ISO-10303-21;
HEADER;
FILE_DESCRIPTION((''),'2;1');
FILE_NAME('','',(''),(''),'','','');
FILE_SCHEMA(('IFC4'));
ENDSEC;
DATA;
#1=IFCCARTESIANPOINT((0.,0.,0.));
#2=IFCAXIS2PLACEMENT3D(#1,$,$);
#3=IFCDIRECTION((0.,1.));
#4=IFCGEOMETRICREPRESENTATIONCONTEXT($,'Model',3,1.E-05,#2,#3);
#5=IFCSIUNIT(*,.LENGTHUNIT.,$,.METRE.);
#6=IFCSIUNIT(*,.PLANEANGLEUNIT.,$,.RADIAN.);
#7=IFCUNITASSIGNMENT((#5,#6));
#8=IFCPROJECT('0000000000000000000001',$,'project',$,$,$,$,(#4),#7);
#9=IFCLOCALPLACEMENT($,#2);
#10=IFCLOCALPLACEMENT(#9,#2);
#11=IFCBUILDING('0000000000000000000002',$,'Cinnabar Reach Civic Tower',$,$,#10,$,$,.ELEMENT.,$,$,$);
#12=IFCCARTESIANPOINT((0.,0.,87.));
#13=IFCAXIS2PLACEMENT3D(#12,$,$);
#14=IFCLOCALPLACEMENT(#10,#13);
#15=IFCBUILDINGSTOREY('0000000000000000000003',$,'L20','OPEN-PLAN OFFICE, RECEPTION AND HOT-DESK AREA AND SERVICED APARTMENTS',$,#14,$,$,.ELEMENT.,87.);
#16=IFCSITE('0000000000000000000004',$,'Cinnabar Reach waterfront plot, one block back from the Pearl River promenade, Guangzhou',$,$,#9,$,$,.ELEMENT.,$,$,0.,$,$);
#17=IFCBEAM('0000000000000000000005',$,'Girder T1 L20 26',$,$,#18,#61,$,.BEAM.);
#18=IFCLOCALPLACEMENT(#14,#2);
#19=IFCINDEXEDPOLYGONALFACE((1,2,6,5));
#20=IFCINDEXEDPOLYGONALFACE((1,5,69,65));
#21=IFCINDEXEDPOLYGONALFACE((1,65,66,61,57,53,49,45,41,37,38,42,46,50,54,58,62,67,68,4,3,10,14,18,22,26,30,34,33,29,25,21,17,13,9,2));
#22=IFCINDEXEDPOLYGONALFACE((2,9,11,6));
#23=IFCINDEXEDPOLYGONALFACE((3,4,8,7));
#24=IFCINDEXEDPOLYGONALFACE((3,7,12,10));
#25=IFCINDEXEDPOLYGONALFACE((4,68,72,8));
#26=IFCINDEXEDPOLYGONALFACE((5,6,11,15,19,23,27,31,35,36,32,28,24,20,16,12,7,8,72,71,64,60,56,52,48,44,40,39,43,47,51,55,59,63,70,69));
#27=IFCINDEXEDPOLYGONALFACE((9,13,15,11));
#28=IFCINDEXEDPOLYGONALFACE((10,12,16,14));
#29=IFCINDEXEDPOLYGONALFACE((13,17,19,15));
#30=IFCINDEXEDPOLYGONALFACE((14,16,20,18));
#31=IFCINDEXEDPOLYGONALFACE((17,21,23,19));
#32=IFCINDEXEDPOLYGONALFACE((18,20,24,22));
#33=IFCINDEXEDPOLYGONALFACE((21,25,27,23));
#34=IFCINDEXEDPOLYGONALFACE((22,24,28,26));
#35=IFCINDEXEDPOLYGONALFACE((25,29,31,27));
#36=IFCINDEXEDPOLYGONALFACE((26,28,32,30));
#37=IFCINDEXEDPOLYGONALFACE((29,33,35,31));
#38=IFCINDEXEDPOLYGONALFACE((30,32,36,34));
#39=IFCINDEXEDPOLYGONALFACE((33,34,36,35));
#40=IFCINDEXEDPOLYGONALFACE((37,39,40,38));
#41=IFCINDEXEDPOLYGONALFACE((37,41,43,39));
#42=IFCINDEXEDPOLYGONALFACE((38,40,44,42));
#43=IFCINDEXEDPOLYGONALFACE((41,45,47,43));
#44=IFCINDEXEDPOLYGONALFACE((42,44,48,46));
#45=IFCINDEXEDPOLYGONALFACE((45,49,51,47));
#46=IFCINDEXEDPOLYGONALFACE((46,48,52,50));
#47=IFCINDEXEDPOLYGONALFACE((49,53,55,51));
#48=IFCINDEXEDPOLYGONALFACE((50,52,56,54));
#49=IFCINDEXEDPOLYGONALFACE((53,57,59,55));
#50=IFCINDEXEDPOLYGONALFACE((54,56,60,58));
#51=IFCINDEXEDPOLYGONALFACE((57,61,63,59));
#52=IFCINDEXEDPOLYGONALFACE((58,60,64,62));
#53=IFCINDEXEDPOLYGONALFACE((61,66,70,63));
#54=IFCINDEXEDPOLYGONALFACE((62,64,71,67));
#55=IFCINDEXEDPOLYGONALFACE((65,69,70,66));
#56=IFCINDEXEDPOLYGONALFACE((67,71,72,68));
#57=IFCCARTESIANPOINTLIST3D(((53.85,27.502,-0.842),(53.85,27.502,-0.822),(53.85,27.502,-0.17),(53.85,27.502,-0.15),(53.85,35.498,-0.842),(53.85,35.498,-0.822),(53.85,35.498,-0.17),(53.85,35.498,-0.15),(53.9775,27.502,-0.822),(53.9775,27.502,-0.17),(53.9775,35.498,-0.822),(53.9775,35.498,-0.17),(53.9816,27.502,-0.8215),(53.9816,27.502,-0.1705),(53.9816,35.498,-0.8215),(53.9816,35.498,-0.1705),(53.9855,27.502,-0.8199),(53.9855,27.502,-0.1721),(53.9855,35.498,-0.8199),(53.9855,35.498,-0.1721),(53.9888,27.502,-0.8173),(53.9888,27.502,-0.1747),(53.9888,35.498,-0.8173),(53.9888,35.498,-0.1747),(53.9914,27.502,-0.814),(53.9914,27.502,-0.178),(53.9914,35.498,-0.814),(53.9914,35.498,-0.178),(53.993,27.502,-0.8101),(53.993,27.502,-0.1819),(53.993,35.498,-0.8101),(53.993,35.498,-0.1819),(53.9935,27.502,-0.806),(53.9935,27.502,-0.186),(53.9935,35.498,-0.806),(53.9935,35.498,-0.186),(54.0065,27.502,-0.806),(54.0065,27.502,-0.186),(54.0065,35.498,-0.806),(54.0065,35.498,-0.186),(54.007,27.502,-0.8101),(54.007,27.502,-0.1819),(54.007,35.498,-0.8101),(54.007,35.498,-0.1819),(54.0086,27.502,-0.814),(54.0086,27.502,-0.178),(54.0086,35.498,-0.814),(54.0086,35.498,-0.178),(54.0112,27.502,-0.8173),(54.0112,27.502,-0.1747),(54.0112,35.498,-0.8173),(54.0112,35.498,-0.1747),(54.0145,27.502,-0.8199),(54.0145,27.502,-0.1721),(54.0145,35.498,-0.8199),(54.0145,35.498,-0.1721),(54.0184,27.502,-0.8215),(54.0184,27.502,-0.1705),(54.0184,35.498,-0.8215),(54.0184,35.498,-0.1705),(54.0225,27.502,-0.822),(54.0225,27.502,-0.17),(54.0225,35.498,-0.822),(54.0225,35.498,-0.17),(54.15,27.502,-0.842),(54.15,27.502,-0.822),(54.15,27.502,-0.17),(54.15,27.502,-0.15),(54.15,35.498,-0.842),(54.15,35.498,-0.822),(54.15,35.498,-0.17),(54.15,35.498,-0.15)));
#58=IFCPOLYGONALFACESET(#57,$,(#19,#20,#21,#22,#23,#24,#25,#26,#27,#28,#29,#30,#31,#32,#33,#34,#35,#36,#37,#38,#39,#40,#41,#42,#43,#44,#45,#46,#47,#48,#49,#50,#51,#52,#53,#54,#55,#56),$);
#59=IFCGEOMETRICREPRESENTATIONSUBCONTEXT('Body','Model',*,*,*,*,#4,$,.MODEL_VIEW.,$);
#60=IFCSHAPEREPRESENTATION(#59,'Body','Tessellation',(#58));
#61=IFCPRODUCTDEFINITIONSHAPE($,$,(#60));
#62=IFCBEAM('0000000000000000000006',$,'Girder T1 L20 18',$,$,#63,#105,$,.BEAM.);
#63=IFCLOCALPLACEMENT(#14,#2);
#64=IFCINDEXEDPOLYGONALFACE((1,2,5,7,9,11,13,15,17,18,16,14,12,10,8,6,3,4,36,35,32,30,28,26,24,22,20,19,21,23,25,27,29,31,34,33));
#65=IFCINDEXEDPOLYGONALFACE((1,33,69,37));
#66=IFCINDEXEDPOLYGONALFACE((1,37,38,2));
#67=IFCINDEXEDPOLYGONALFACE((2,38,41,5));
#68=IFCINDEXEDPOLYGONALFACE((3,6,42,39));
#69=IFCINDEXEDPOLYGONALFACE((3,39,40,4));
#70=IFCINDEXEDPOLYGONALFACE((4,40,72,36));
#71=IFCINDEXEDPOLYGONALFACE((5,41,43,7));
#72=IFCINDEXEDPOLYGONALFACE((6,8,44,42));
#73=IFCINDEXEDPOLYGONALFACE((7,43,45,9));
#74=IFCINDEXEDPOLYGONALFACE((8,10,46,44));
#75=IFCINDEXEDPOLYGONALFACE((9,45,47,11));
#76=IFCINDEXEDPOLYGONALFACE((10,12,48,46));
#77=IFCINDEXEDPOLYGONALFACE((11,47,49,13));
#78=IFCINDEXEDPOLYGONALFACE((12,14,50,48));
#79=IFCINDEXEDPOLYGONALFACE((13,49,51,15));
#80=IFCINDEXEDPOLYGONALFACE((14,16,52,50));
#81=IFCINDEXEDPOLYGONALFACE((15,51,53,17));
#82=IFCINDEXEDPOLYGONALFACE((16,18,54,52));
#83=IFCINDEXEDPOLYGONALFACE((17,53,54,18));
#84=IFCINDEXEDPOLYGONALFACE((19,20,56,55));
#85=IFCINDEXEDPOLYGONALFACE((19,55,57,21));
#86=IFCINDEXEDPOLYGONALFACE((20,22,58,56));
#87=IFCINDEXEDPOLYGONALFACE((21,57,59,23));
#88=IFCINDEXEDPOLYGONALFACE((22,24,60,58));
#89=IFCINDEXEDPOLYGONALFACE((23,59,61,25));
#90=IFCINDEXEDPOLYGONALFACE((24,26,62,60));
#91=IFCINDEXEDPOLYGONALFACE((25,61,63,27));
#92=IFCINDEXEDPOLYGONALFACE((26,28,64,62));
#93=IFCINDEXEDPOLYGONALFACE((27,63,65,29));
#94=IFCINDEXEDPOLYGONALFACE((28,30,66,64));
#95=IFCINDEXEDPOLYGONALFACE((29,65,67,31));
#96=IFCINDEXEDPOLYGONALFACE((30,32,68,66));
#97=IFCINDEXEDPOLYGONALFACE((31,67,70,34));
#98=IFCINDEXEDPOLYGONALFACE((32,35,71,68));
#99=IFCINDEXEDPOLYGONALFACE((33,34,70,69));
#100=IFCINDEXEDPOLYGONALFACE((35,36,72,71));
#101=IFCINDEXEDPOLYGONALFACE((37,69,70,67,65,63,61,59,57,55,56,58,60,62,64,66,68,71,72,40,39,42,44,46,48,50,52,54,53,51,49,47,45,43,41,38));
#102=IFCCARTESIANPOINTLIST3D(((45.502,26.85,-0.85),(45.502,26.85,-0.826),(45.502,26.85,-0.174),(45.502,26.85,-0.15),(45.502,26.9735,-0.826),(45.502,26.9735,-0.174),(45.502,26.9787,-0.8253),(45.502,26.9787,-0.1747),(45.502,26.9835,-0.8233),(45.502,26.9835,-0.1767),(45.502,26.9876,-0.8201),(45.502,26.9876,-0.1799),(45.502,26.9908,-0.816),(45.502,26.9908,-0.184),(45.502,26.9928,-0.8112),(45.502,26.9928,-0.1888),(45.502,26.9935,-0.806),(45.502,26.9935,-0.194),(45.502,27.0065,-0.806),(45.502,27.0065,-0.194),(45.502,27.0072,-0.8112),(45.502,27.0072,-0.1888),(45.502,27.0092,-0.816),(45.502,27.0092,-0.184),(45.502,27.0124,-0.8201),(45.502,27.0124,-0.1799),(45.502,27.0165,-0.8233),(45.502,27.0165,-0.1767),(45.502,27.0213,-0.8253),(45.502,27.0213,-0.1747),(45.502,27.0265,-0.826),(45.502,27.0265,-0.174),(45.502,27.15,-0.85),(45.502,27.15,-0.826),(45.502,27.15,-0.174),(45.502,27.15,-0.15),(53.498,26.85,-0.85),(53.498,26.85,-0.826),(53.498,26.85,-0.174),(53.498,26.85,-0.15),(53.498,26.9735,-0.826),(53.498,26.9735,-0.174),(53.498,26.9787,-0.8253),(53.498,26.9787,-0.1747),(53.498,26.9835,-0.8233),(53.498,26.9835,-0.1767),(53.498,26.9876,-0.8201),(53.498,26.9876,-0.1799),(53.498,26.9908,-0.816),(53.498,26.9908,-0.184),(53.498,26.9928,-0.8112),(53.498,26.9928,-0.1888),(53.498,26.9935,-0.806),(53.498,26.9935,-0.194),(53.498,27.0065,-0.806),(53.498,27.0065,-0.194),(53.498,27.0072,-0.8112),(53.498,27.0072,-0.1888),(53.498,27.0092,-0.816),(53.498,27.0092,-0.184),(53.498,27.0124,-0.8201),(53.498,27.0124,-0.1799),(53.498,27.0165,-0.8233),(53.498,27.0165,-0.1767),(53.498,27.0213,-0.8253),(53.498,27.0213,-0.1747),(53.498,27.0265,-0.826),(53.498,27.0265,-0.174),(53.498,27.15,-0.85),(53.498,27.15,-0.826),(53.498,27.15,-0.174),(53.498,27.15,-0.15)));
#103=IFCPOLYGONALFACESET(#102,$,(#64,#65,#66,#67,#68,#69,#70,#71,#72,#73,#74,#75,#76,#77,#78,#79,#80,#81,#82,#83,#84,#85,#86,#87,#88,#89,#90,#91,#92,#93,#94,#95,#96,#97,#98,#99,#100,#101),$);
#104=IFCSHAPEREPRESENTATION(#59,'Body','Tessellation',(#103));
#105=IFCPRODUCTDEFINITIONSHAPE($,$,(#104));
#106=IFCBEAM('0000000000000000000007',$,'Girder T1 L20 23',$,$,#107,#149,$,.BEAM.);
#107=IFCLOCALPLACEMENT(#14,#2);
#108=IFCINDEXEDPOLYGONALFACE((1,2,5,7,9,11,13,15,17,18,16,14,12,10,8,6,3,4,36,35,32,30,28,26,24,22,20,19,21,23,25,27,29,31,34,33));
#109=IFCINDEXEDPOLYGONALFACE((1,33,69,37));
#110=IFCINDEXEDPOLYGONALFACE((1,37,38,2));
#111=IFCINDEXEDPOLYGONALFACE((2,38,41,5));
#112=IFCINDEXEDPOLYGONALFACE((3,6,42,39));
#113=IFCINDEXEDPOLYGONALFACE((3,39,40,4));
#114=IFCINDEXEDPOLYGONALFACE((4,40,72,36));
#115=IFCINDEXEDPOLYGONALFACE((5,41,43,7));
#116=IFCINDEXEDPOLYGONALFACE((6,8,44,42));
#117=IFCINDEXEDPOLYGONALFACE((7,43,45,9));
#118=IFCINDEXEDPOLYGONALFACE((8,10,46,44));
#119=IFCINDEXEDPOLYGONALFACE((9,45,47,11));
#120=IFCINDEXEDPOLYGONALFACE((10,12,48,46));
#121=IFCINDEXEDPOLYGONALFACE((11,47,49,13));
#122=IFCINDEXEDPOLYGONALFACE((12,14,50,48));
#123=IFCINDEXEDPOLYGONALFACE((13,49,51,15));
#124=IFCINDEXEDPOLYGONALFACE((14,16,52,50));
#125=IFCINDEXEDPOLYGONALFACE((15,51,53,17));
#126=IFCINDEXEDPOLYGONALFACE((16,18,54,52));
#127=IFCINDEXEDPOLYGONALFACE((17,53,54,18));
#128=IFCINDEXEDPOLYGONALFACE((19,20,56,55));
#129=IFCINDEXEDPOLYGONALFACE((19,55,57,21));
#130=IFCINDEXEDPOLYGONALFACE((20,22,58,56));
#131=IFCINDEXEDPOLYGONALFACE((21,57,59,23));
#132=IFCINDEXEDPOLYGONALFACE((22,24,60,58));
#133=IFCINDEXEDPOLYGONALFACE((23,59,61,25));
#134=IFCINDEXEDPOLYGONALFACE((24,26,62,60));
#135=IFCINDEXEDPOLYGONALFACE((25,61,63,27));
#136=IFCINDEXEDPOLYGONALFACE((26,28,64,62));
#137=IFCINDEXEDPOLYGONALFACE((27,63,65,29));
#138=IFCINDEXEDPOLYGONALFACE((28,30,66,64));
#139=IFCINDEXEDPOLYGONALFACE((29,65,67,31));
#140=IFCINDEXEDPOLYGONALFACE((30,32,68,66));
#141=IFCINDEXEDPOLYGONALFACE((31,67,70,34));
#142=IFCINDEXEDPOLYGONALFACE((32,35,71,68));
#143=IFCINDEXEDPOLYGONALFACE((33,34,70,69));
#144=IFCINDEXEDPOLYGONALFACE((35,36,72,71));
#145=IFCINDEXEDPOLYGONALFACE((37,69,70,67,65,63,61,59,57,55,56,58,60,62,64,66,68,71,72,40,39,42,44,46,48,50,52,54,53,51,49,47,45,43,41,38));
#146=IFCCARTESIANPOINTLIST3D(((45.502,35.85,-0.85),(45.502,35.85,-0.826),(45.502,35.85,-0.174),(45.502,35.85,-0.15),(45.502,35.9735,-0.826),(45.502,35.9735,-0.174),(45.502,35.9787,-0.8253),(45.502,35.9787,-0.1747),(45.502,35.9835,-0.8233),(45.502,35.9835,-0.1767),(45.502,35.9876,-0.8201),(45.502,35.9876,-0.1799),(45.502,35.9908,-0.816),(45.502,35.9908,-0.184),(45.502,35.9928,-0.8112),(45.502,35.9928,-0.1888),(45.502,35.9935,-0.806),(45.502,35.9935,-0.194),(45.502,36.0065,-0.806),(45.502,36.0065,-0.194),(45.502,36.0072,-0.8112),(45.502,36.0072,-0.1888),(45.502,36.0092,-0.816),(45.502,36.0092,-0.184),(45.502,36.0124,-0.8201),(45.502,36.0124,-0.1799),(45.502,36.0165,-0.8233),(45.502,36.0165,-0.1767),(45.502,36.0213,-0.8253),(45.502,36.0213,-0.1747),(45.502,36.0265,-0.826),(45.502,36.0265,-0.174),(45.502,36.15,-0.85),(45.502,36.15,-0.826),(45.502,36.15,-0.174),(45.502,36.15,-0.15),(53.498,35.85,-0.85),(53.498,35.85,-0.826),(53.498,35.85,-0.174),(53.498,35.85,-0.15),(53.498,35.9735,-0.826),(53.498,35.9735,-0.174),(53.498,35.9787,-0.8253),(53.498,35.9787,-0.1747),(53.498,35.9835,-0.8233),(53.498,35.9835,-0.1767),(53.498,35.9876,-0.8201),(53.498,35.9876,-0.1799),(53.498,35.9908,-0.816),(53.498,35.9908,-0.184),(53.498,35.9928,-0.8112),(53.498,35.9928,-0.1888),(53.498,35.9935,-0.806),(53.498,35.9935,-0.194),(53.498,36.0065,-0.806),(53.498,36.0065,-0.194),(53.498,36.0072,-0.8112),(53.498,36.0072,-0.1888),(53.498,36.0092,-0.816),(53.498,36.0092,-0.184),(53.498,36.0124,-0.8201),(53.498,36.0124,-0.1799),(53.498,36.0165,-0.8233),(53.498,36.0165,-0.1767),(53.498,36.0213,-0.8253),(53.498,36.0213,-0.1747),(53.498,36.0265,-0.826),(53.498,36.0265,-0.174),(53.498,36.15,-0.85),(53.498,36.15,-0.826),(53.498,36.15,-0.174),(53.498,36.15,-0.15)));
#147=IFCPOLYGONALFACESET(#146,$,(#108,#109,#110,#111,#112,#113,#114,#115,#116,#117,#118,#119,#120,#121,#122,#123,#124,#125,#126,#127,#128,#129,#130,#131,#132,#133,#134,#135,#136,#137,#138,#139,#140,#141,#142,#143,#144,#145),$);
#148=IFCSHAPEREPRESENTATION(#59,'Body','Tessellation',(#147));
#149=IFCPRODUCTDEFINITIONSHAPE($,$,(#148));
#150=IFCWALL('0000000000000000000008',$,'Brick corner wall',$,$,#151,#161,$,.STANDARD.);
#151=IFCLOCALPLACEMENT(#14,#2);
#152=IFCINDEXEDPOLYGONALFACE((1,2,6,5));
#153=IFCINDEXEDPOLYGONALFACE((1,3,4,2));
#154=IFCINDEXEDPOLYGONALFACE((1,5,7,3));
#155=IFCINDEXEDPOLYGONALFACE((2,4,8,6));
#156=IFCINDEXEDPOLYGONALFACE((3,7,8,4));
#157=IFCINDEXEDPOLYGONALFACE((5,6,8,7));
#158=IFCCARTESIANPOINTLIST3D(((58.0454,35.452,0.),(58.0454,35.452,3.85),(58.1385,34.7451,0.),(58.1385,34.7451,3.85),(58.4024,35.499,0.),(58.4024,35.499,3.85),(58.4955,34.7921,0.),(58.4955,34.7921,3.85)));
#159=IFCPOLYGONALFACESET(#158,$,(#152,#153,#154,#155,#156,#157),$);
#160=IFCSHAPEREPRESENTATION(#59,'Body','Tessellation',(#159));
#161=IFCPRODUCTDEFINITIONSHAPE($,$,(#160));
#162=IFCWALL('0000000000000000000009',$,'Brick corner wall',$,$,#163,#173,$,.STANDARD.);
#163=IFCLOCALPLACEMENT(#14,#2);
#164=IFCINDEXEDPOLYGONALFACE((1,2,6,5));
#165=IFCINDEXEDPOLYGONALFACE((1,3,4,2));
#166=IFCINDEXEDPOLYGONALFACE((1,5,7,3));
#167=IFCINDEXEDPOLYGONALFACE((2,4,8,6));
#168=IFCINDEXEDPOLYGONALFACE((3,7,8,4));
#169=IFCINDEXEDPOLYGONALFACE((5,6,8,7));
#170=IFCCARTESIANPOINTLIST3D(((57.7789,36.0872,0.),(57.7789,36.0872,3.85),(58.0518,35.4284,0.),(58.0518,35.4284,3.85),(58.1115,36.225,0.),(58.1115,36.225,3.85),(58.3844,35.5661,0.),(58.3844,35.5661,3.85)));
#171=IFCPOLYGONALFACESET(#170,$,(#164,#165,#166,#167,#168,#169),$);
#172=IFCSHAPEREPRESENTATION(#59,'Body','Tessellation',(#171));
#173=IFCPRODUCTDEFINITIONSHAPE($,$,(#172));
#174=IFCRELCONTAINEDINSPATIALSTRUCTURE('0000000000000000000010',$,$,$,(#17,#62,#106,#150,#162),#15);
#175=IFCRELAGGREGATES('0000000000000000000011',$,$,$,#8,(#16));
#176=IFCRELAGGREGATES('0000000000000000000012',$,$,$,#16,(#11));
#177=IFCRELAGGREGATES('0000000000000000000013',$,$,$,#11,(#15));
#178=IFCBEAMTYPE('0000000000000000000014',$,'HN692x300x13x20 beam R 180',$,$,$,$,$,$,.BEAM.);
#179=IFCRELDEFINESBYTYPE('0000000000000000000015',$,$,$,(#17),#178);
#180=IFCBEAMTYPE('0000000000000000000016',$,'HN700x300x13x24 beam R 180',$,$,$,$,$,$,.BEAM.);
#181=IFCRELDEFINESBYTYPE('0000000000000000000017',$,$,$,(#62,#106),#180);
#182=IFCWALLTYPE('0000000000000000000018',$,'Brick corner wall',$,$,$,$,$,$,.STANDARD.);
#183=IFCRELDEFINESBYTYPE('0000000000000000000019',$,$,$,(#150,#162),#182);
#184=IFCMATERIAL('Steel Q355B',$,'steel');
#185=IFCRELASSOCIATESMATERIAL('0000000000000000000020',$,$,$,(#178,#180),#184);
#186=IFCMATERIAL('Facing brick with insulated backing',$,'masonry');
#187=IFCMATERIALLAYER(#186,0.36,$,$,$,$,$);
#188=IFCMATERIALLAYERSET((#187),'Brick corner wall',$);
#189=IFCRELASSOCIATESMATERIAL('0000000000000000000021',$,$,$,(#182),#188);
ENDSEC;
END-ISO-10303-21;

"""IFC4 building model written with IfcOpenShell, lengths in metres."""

from ifc_helpers import new_model, si_unit, direction, frame, frame_2d, origin, origin_2d, place, context, subcontext, project, spatial, rectangle, i_section, extrude, material, layer, layer_set, material_profile, profile_set, type_object, element, save


model = new_model("IFC4")

# Units and contexts
model_context = context("Model", 3, precision=1e-05, world=origin(), true_north=direction((0.0, 1.0)))
body_context = subcontext(model_context, "Body", "Model", "MODEL_VIEW")
ifc_project = project(units=[si_unit("LENGTHUNIT", "METRE"), si_unit("PLANEANGLEUNIT", "RADIAN")], contexts=[model_context])

# Site, building, storey
site_placement = place(None, origin())
site = spatial("IfcSite", under=ifc_project, at=site_placement, Name="Cinnabar Reach waterfront plot, one block back from the Pearl River promenade, Guangzhou", CompositionType="ELEMENT", RefElevation=0.0)
building_placement = place(site_placement, origin())
building = spatial("IfcBuilding", under=site, at=building_placement, Name="Cinnabar Reach Civic Tower", CompositionType="ELEMENT")
storey_placement = place(building_placement, frame((0.0, 0.0, 87.0)))
storey = spatial("IfcBuildingStorey", under=building, at=storey_placement, Name="L20", Description="OPEN-PLAN OFFICE, RECEPTION AND HOT-DESK AREA AND SERVICED APARTMENTS", CompositionType="ELEMENT", Elevation=87.0)

# Beams
ifc_material_1 = material(Name="Steel Q355B", Category="steel")
ifc_material_profile_1 = material_profile(ifc_material_1, i_section(OverallWidth=0.3, OverallDepth=0.692, WebThickness=0.013, FlangeThickness=0.02, FilletRadius=0.016, at=origin_2d()), Name="HN692x300x13x20")
ifc_profile_set_1 = profile_set([ifc_material_profile_1], Name="Steel Q355B")
beam_type_1 = type_object("IfcBeamType", Name="HN692x300x13x20 beam R 180", PredefinedType="BEAM", material=ifc_profile_set_1)
for number, where, z_axis, x_axis, name in (
    (1, (54.0, 27.502, -0.496), (0.0, 1.0, 0.0), (-1.0, 0.0, 0.0), "Girder T1 L20 26"),
):
    element("IfcBeam", number, at=place(storey_placement, frame(where, z_axis=z_axis, x_axis=x_axis)), inside=storey, type_object=beam_type_1, Name=name, PredefinedType="BEAM", context=body_context, shape_type="SweptSolid", body=[
        extrude(i_section(OverallWidth=0.3, OverallDepth=0.692, WebThickness=0.013, FlangeThickness=0.02, FilletRadius=0.016, at=origin_2d()), origin(), (0.0, 0.0, 1.0), 7.996),
    ])
ifc_material_profile_2 = material_profile(ifc_material_1, i_section(OverallWidth=0.3, OverallDepth=0.7, WebThickness=0.013, FlangeThickness=0.024, FilletRadius=0.02, at=origin_2d()), Name="HN700x300x13x24")
ifc_profile_set_2 = profile_set([ifc_material_profile_2], Name="Steel Q355B")
beam_type_2 = type_object("IfcBeamType", Name="HN700x300x13x24 beam R 180", PredefinedType="BEAM", material=ifc_profile_set_2)
for number, where, z_axis, x_axis, name in (
    (2, (45.502, 27.0, -0.5), (1.0, 0.0, 0.0), (0.0, 1.0, 0.0), "Girder T1 L20 18"),
    (3, (45.502, 36.0, -0.5), (1.0, 0.0, 0.0), (0.0, 1.0, 0.0), "Girder T1 L20 23"),
):
    element("IfcBeam", number, at=place(storey_placement, frame(where, z_axis=z_axis, x_axis=x_axis)), inside=storey, type_object=beam_type_2, Name=name, PredefinedType="BEAM", context=body_context, shape_type="SweptSolid", body=[
        extrude(i_section(OverallWidth=0.3, OverallDepth=0.7, WebThickness=0.013, FlangeThickness=0.024, FilletRadius=0.02, at=origin_2d()), origin(), (0.0, 0.0, 1.0), 7.996),
    ])

# Walls
ifc_material_2 = material(Name="Facing brick with insulated backing", Category="masonry")
ifc_layer = layer(ifc_material_2, 0.36)
ifc_layer_set = layer_set([ifc_layer], Name="Brick corner wall")
wall_type = type_object("IfcWallType", Name="Brick corner wall", PredefinedType="STANDARD", material=ifc_layer_set)
for number, where, z_axis, x_axis, name in (
    (4, (58.317, 34.7686, 0.0), (0.0, 0.0, 1.0), (-0.130556, 0.991441, 0.0), "Brick corner wall"),
    (5, (58.2181, 35.4973, 0.0), (0.0, 0.0, 1.0), (-0.382703, 0.923872, 0.0), "Brick corner wall"),
):
    element("IfcWall", number, at=place(storey_placement, frame(where, z_axis=z_axis, x_axis=x_axis)), inside=storey, type_object=wall_type, Name=name, PredefinedType="STANDARD", context=body_context, shape_type="SweptSolid", body=[
        extrude(rectangle(XDim=0.7131, YDim=0.36, at=frame_2d((0.3565, 0.0))), origin(), (0.0, 0.0, 1.0), 3.85),
    ])

save(model, "model.ifc")
